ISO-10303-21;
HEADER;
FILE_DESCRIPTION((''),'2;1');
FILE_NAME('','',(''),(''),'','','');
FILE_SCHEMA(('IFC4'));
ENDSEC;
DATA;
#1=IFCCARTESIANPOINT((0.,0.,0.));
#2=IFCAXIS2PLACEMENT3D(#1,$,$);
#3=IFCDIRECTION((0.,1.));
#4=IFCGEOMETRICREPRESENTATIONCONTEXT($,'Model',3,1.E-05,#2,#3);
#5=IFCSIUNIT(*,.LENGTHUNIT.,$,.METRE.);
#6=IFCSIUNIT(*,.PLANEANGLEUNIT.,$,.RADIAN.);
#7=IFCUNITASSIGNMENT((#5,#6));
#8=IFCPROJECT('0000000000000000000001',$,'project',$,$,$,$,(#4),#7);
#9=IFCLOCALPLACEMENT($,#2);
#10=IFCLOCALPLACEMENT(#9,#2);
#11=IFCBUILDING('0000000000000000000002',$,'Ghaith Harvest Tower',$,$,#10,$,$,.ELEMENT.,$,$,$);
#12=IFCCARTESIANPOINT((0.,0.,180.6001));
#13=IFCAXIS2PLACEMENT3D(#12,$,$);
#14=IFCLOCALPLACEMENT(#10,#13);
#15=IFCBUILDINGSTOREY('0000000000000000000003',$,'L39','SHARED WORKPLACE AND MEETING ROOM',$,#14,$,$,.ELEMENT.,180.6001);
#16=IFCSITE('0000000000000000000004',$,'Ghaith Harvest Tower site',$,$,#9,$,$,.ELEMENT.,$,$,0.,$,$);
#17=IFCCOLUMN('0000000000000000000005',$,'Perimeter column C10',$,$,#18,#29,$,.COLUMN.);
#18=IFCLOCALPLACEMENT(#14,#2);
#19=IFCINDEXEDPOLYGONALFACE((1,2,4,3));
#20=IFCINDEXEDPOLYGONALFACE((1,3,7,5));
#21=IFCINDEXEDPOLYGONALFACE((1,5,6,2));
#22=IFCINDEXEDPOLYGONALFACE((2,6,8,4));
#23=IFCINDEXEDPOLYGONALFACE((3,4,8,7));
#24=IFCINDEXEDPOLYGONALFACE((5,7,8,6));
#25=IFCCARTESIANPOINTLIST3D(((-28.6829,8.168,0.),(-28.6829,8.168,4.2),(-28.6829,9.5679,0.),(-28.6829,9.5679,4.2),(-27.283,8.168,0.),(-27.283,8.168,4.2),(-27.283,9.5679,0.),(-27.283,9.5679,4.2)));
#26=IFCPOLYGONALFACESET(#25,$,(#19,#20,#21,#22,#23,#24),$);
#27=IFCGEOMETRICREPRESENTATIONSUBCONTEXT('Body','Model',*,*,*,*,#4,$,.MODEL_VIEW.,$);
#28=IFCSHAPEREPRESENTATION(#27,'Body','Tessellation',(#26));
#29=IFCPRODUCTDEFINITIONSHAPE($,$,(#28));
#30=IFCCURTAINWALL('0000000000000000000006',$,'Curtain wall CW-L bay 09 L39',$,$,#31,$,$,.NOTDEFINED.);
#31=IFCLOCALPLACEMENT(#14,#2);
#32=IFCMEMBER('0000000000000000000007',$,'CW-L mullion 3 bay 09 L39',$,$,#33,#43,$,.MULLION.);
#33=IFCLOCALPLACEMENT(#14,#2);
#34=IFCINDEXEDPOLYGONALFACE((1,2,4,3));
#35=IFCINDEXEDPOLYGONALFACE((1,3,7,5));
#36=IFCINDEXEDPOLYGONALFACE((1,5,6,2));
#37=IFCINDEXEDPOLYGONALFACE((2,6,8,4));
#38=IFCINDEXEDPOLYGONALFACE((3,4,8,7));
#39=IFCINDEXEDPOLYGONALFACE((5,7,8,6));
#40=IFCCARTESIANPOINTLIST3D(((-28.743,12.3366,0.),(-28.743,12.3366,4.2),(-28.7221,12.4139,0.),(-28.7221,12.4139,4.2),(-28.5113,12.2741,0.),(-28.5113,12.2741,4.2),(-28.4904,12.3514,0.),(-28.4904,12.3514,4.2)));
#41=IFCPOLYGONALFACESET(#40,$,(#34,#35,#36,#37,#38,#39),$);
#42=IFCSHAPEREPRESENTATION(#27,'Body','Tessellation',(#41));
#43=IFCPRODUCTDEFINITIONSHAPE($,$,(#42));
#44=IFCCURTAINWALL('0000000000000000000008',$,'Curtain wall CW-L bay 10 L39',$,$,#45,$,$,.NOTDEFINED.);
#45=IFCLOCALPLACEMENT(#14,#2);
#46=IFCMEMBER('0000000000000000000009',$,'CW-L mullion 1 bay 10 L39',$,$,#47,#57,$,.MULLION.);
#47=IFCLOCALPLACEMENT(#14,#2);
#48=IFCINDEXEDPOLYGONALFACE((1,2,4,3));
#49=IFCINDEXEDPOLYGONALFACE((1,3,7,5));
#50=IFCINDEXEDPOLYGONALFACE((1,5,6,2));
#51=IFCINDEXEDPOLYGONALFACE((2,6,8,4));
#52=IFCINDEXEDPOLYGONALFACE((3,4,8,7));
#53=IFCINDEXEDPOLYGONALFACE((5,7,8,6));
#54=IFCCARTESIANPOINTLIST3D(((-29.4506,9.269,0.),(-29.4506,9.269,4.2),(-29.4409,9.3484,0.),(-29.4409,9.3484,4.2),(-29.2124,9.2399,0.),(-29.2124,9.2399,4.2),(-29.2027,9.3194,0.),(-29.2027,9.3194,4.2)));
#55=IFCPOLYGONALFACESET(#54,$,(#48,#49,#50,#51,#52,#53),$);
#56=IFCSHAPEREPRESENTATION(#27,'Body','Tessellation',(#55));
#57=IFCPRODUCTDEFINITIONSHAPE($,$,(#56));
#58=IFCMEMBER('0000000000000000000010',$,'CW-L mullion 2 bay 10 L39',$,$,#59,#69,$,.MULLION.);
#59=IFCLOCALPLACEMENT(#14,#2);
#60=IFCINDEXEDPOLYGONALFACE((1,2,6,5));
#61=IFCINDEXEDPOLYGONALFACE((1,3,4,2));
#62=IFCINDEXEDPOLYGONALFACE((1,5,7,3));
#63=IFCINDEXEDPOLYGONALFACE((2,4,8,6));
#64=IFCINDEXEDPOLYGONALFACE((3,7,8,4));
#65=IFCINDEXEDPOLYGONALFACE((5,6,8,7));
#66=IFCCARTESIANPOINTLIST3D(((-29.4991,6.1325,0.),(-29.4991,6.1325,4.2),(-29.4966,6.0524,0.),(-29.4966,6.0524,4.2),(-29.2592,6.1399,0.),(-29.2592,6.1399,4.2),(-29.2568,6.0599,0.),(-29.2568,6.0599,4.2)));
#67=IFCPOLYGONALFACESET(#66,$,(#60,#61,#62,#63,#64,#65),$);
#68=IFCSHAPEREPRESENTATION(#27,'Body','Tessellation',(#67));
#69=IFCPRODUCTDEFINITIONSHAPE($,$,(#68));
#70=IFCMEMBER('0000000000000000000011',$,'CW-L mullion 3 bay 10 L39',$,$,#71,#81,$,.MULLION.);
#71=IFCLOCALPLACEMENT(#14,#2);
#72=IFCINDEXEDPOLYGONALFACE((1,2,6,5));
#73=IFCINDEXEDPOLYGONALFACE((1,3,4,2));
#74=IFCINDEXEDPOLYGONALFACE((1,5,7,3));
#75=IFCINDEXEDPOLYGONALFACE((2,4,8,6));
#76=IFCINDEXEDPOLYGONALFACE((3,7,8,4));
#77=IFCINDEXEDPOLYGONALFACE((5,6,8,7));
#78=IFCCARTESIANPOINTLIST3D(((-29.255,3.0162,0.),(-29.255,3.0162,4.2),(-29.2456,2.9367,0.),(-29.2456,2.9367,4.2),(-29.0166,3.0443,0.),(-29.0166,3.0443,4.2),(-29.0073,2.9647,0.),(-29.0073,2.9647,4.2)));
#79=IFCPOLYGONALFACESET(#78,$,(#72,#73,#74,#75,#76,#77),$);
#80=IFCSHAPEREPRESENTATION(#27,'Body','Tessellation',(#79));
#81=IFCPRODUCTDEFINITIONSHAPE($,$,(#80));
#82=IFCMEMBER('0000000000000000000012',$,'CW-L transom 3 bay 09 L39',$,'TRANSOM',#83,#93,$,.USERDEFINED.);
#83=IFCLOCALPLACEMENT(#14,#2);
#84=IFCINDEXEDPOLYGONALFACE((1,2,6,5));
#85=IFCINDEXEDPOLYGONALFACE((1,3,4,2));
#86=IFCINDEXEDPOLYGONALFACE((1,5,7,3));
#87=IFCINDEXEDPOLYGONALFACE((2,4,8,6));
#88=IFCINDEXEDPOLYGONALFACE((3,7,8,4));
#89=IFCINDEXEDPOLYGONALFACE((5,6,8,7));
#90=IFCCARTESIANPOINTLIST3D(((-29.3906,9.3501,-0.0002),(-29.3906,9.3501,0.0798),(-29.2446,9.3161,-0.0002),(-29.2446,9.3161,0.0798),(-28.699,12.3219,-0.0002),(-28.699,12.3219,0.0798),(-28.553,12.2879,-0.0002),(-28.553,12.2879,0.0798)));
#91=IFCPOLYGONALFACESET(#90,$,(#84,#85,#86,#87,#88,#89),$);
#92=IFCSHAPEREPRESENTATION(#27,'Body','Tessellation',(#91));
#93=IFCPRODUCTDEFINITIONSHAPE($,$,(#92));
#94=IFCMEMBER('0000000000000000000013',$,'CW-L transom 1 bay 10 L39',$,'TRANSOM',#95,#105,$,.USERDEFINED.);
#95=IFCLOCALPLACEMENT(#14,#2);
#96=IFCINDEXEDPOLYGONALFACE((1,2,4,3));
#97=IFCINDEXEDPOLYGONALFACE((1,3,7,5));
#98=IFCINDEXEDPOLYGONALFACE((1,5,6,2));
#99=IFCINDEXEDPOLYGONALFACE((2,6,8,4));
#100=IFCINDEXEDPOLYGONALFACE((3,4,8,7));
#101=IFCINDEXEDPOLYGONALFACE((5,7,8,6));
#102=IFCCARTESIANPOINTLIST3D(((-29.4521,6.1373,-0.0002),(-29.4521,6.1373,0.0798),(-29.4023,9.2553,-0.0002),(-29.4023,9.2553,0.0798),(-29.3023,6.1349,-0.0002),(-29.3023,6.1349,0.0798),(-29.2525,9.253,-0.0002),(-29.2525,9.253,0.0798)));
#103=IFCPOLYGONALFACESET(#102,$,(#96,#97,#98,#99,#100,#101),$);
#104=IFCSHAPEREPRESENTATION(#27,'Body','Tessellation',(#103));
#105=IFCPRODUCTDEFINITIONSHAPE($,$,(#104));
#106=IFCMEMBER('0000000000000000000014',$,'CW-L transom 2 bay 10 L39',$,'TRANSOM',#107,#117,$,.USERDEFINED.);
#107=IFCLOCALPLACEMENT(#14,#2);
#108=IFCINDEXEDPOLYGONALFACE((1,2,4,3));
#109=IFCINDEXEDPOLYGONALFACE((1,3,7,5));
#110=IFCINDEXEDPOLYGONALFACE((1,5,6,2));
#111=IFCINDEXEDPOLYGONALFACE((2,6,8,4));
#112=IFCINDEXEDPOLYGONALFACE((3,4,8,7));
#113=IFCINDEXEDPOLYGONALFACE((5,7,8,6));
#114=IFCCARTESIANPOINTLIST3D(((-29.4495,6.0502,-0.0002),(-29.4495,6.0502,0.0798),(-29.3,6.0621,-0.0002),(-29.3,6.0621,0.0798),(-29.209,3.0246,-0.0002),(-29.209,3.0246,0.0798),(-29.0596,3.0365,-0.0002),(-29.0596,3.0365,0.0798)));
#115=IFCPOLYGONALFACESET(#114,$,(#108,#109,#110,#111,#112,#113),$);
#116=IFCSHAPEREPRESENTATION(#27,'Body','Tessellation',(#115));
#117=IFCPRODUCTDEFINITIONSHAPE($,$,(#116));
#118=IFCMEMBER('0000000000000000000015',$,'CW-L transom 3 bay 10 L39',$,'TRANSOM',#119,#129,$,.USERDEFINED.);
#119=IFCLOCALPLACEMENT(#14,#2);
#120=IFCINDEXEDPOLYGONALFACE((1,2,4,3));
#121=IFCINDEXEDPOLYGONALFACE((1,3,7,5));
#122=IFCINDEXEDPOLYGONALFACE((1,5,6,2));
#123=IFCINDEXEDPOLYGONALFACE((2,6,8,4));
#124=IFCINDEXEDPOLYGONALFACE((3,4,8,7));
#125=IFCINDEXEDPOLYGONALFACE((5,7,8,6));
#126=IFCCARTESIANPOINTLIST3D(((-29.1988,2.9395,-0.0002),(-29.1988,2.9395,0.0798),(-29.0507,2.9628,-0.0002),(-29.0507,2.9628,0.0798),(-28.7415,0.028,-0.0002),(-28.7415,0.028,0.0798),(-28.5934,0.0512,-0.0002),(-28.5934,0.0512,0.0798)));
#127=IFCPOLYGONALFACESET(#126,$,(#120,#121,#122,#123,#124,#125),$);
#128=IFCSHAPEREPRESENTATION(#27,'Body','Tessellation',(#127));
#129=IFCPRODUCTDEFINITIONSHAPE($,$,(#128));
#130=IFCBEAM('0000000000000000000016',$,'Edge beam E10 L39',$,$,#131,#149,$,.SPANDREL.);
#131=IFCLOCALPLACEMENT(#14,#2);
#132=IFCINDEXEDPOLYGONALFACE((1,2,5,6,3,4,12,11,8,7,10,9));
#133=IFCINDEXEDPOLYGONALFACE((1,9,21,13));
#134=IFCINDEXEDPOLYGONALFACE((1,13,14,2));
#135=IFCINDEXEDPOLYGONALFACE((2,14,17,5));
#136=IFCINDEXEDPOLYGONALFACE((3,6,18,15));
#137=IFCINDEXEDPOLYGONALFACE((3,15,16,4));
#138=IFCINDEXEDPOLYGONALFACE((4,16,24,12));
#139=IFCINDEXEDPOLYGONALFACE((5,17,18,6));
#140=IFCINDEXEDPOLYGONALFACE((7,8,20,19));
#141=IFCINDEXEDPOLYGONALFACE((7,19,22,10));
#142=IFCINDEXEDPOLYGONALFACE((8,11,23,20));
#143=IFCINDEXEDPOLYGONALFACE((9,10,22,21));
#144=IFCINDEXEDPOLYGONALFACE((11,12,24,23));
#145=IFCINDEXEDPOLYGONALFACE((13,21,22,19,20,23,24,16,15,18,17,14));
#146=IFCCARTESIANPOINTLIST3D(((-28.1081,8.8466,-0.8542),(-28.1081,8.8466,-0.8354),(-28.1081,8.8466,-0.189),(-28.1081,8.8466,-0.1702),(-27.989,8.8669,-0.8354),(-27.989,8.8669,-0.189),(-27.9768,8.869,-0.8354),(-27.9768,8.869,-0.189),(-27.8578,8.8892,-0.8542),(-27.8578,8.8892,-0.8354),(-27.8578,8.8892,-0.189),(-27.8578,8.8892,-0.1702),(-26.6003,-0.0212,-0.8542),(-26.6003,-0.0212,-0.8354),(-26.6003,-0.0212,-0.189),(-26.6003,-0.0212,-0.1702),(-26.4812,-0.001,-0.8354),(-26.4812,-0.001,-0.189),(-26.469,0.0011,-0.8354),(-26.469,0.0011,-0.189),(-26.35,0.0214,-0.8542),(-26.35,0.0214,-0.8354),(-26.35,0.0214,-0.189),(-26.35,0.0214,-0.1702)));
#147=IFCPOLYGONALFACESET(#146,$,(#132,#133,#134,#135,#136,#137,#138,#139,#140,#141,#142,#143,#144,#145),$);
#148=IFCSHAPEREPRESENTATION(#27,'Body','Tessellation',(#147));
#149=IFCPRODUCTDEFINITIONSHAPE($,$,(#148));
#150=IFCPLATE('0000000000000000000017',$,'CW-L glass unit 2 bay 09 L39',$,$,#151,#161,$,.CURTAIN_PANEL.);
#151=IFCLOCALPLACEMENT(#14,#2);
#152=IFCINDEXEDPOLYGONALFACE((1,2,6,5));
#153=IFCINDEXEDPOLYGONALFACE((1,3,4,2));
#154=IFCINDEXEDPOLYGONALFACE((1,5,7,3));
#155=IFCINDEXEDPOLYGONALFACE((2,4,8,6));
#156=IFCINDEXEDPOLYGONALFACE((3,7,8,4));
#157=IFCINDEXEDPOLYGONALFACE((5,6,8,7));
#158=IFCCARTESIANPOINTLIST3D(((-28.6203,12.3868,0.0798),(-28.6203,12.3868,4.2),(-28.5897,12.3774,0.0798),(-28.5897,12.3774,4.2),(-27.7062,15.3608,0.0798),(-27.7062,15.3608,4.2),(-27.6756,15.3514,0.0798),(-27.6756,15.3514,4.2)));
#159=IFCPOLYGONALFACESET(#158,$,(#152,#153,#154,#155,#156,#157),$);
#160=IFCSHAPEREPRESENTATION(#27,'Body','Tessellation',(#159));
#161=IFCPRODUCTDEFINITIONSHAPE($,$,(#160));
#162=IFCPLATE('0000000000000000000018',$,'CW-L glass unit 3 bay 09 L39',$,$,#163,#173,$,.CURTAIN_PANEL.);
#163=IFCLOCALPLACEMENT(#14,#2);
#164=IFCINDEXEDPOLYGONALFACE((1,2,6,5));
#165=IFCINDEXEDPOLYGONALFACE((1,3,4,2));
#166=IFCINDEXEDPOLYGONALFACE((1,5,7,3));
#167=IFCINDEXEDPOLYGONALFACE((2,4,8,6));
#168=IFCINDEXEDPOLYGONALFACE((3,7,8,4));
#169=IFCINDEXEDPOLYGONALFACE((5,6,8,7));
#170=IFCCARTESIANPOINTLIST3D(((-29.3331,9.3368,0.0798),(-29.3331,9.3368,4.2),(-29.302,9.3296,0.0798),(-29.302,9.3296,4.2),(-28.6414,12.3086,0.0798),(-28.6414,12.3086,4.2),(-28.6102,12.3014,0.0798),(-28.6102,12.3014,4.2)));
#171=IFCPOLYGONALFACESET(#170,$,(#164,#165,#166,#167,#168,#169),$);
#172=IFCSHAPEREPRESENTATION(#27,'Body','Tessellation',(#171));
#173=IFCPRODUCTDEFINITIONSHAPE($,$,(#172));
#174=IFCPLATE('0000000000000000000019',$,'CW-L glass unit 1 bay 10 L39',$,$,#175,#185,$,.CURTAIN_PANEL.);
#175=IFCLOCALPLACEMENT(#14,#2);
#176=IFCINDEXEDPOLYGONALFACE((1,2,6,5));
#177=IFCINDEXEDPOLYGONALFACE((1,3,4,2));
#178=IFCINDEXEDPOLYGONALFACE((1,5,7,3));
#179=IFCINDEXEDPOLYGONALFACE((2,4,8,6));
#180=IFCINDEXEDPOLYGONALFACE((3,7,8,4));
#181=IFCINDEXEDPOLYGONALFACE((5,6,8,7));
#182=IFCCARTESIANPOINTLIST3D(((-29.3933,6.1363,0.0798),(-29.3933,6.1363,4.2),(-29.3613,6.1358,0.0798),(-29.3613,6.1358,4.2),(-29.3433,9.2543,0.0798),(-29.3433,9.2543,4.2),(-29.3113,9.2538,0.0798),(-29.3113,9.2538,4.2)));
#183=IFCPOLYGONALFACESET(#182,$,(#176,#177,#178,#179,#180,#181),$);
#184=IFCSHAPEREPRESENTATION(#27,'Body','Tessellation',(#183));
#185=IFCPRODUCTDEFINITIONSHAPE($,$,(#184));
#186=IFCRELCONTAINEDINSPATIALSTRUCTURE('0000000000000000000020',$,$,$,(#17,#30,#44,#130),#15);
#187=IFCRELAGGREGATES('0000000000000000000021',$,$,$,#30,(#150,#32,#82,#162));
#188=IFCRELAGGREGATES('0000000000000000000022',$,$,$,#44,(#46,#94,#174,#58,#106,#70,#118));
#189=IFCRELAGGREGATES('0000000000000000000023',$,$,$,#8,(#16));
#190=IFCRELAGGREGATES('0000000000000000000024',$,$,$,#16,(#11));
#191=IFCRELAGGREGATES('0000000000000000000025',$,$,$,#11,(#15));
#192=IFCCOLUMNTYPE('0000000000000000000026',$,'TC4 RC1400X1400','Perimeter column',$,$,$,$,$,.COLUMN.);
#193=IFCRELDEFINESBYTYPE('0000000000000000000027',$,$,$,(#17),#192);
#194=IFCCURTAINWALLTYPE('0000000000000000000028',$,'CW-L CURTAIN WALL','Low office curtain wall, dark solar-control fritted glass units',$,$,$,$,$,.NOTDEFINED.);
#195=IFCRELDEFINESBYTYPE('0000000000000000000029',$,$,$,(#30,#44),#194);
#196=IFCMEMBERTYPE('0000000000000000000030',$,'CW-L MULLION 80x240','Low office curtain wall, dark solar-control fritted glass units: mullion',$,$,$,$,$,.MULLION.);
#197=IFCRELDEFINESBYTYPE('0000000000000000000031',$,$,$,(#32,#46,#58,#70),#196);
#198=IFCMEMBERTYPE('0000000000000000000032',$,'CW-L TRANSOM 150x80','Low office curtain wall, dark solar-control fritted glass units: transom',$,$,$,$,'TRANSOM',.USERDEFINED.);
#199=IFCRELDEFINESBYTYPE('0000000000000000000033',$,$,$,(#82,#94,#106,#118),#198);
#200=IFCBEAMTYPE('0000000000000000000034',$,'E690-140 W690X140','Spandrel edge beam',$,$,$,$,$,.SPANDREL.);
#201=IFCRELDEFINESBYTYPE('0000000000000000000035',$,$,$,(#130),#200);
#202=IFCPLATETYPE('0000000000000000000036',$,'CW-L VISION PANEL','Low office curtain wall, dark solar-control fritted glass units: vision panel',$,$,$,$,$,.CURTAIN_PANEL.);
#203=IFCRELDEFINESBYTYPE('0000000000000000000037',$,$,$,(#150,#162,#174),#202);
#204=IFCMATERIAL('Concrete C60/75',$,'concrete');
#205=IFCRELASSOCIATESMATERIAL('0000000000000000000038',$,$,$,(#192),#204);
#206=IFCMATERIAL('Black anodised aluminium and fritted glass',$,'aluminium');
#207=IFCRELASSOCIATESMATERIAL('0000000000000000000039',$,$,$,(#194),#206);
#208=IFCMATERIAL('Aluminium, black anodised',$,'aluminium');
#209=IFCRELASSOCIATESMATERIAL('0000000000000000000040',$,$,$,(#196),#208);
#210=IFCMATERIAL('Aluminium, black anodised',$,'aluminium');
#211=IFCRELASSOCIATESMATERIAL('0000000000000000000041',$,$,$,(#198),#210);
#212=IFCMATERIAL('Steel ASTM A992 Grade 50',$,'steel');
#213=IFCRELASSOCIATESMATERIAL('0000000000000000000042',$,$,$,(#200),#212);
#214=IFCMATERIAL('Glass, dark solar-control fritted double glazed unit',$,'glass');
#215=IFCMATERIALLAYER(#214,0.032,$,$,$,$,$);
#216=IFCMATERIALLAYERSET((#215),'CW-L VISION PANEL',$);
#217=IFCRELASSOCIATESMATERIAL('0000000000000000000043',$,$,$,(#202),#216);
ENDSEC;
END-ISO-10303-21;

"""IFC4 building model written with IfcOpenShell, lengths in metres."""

from ifc_helpers import new_model, si_unit, direction, frame, origin, origin_2d, place, context, subcontext, project, spatial, rectangle, i_section, extrude, material, layer, layer_set, material_profile, profile_set, type_object, element, aggregate, save


model = new_model("IFC4")

# Units and contexts
model_context = context("Model", 3, precision=1e-05, world=origin(), true_north=direction((0.0, 1.0)))
body_context = subcontext(model_context, "Body", "Model", "MODEL_VIEW")
ifc_project = project(units=[si_unit("LENGTHUNIT", "METRE"), si_unit("PLANEANGLEUNIT", "RADIAN")], contexts=[model_context])

# Site, building, storey
site_placement = place(None, origin())
site = spatial("IfcSite", under=ifc_project, at=site_placement, Name="Ghaith Harvest Tower site", CompositionType="ELEMENT", RefElevation=0.0)
building_placement = place(site_placement, origin())
building = spatial("IfcBuilding", under=site, at=building_placement, Name="Ghaith Harvest Tower", CompositionType="ELEMENT")
storey_placement = place(building_placement, frame((0.0, 0.0, 180.6001)))
storey = spatial("IfcBuildingStorey", under=building, at=storey_placement, Name="L39", Description="SHARED WORKPLACE AND MEETING ROOM", CompositionType="ELEMENT", Elevation=180.6001)

# Column
ifc_material_1 = material(Name="Concrete C60/75", Category="concrete")
ifc_material_profile_1 = material_profile(ifc_material_1, rectangle(XDim=1.3999, YDim=1.3999, at=origin_2d()), Name="RC1400X1400")
ifc_profile_set_1 = profile_set([ifc_material_profile_1], Name="Concrete C60/75")
column_type = type_object("IfcColumnType", Name="TC4 RC1400X1400", Description="Perimeter column", PredefinedType="COLUMN", material=ifc_profile_set_1)
column_placement = place(storey_placement, frame((-27.9829, 8.8679, 0.0), z_axis=(0.0, 0.0, 1.0), x_axis=(1.0, 0.0, 0.0)))
element("IfcColumn", 1, at=column_placement, inside=storey, type_object=column_type, Name="Perimeter column C10", PredefinedType="COLUMN", context=body_context, shape_type="SweptSolid", body=[
    extrude(rectangle(XDim=1.3999, YDim=1.3999, at=origin_2d()), origin(), (0.0, 0.0, 1.0), 4.2),
])

# Curtain wall, member
ifc_material_2 = material(Name="Black anodised aluminium and fritted glass", Category="aluminium")
curtain_wall_type = type_object("IfcCurtainWallType", Name="CW-L CURTAIN WALL", Description="Low office curtain wall, dark solar-control fritted glass units", PredefinedType="NOTDEFINED", material=ifc_material_2)
curtain_wall_1_placement = place(storey_placement, origin())
curtain_wall_1 = element("IfcCurtainWall", 2, at=curtain_wall_1_placement, inside=storey, type_object=curtain_wall_type, Name="Curtain wall CW-L bay 09 L39", PredefinedType="NOTDEFINED")
ifc_material_3 = material(Name="Aluminium, black anodised", Category="aluminium")
ifc_material_profile_2 = material_profile(ifc_material_3, rectangle(XDim=0.0801, YDim=0.24, at=origin_2d()), Name="CW-L MULLION 80x240")
ifc_profile_set_2 = profile_set([ifc_material_profile_2], Name="Aluminium, black anodised")
member_type_1 = type_object("IfcMemberType", Name="CW-L MULLION 80x240", Description="Low office curtain wall, dark solar-control fritted glass units: mullion", PredefinedType="MULLION", material=ifc_profile_set_2)
member_1_placement = place(storey_placement, frame((-28.6167, 12.344, 0.0), z_axis=(0.0, 0.0, 1.0), x_axis=(-0.260727, -0.965412, 0.0)))
member_1 = element("IfcMember", 3, at=member_1_placement, type_object=member_type_1, Name="CW-L mullion 3 bay 09 L39", PredefinedType="MULLION", context=body_context, shape_type="SweptSolid", body=[
    extrude(rectangle(XDim=0.0801, YDim=0.24, at=origin_2d()), origin(), (0.0, 0.0, 1.0), 4.2),
])

# Curtain wall, members
curtain_wall_2_placement = place(storey_placement, origin())
curtain_wall_2 = element("IfcCurtainWall", 4, at=curtain_wall_2_placement, inside=storey, type_object=curtain_wall_type, Name="Curtain wall CW-L bay 10 L39", PredefinedType="NOTDEFINED")
member_2_placement = place(storey_placement, frame((-29.3267, 9.2942, 0.0), z_axis=(0.0, 0.0, 1.0), x_axis=(-0.120932, -0.992661, 0.0)))
member_2 = element("IfcMember", 5, at=member_2_placement, type_object=member_type_1, Name="CW-L mullion 1 bay 10 L39", PredefinedType="MULLION", context=body_context, shape_type="SweptSolid", body=[
    extrude(rectangle(XDim=0.0801, YDim=0.24, at=origin_2d()), origin(), (0.0, 0.0, 1.0), 4.2),
])
member_3_placement = place(storey_placement, frame((-29.3779, 6.0962, 0.0), z_axis=(0.0, 0.0, 1.0), x_axis=(0.031028, -0.999519, 0.0)))
member_3 = element("IfcMember", 6, at=member_3_placement, type_object=member_type_1, Name="CW-L mullion 2 bay 10 L39", PredefinedType="MULLION", context=body_context, shape_type="SweptSolid", body=[
    extrude(rectangle(XDim=0.0801, YDim=0.24, at=origin_2d()), origin(), (0.0, 0.0, 1.0), 4.2),
])
member_4_placement = place(storey_placement, frame((-29.1311, 2.9905, 0.0), z_axis=(0.0, 0.0, 1.0), x_axis=(0.116764, -0.99316, 0.0)))
member_4 = element("IfcMember", 7, at=member_4_placement, type_object=member_type_1, Name="CW-L mullion 3 bay 10 L39", PredefinedType="MULLION", context=body_context, shape_type="SweptSolid", body=[
    extrude(rectangle(XDim=0.0801, YDim=0.24, at=origin_2d()), origin(), (0.0, 0.0, 1.0), 4.2),
])

# Members
ifc_material_4 = material(Name="Aluminium, black anodised", Category="aluminium")
ifc_material_profile_3 = material_profile(ifc_material_4, rectangle(XDim=0.1499, YDim=0.0801, at=origin_2d()), Name="CW-L TRANSOM 150x80")
ifc_profile_set_3 = profile_set([ifc_material_profile_3], Name="Aluminium, black anodised")
member_type_2 = type_object("IfcMemberType", Name="CW-L TRANSOM 150x80", Description="Low office curtain wall, dark solar-control fritted glass units: transom", ElementType="TRANSOM", PredefinedType="USERDEFINED", material=ifc_profile_set_3)
member_5_placement = place(storey_placement, frame((-28.626, 12.3049, 0.0398), z_axis=(-0.226671, -0.973971, 0.0), x_axis=(0.973971, -0.226671, 0.0)))
member_5 = element("IfcMember", 8, at=member_5_placement, type_object=member_type_2, Name="CW-L transom 3 bay 09 L39", ObjectType="TRANSOM", PredefinedType="USERDEFINED", context=body_context, shape_type="SweptSolid", body=[
    extrude(rectangle(XDim=0.1499, YDim=0.0801, at=origin_2d()), origin(), (0.0, 0.0, 1.0), 3.0513),
])
member_6_placement = place(storey_placement, frame((-29.3274, 9.2542, 0.0398), z_axis=(-0.015972, -0.999872, 0.0), x_axis=(0.999872, -0.015972, 0.0)))
member_6 = element("IfcMember", 9, at=member_6_placement, type_object=member_type_2, Name="CW-L transom 1 bay 10 L39", ObjectType="TRANSOM", PredefinedType="USERDEFINED", context=body_context, shape_type="SweptSolid", body=[
    extrude(rectangle(XDim=0.1499, YDim=0.0801, at=origin_2d()), origin(), (0.0, 0.0, 1.0), 3.1184),
])
member_7_placement = place(storey_placement, frame((-29.3748, 6.0562, 0.0398), z_axis=(0.07923, -0.996856, 0.0), x_axis=(0.996856, 0.07923, 0.0)))
member_7 = element("IfcMember", 10, at=member_7_placement, type_object=member_type_2, Name="CW-L transom 2 bay 10 L39", ObjectType="TRANSOM", PredefinedType="USERDEFINED", context=body_context, shape_type="SweptSolid", body=[
    extrude(rectangle(XDim=0.1499, YDim=0.0801, at=origin_2d()), origin(), (0.0, 0.0, 1.0), 3.0352),
])
member_8_placement = place(storey_placement, frame((-29.1248, 2.9512, 0.0398), z_axis=(0.15515, -0.987891, 0.0), x_axis=(0.987891, 0.15515, 0.0)))
member_8 = element("IfcMember", 11, at=member_8_placement, type_object=member_type_2, Name="CW-L transom 3 bay 10 L39", ObjectType="TRANSOM", PredefinedType="USERDEFINED", context=body_context, shape_type="SweptSolid", body=[
    extrude(rectangle(XDim=0.1499, YDim=0.0801, at=origin_2d()), origin(), (0.0, 0.0, 1.0), 2.9473),
])

# Beam
ifc_material_5 = material(Name="Steel ASTM A992 Grade 50", Category="steel")
ifc_material_profile_4 = material_profile(ifc_material_5, i_section(OverallWidth=0.2539, OverallDepth=0.6841, WebThickness=0.0125, FlangeThickness=0.0188, at=origin_2d()), Name="W690X140")
ifc_profile_set_4 = profile_set([ifc_material_profile_4], Name="Steel ASTM A992 Grade 50")
beam_type = type_object("IfcBeamType", Name="E690-140 W690X140", Description="Spandrel edge beam", PredefinedType="SPANDREL", material=ifc_profile_set_4)
beam_placement = place(storey_placement, frame((-27.9829, 8.8679, -0.5122), z_axis=(0.167624, -0.985851, 0.0), x_axis=(0.985851, 0.167624, 0.0)))
element("IfcBeam", 12, at=beam_placement, inside=storey, type_object=beam_type, Name="Edge beam E10 L39", PredefinedType="SPANDREL", context=body_context, shape_type="SweptSolid", body=[
    extrude(i_section(OverallWidth=0.2539, OverallDepth=0.6841, WebThickness=0.0125, FlangeThickness=0.0188, at=origin_2d()), origin(), (0.0, 0.0, 1.0), 8.9951),
])

# Plates
ifc_material_6 = material(Name="Glass, dark solar-control fritted double glazed unit", Category="glass")
ifc_layer_1 = layer(ifc_material_6, 0.032)
ifc_layer_set_1 = layer_set([ifc_layer_1], Name="CW-L VISION PANEL")
plate_type_1 = type_object("IfcPlateType", Name="CW-L VISION PANEL", Description="Low office curtain wall, dark solar-control fritted glass units: vision panel", PredefinedType="CURTAIN_PANEL", material=ifc_layer_set_1)
plate_1_placement = place(storey_placement, frame((-28.1479, 13.8691, 0.0798), z_axis=(0.0, 0.0, 1.0), x_axis=(-0.293803, -0.955866, 0.0)))
plate_1 = element("IfcPlate", 13, at=plate_1_placement, type_object=plate_type_1, Name="CW-L glass unit 2 bay 09 L39", PredefinedType="CURTAIN_PANEL", context=body_context, shape_type="SweptSolid", body=[
    extrude(rectangle(XDim=3.1113, YDim=0.032, at=origin_2d()), origin(), (0.0, 0.0, 1.0), 4.1201),
])
plate_2_placement = place(storey_placement, frame((-28.9717, 10.8191, 0.0798), z_axis=(0.0, 0.0, 1.0), x_axis=(-0.226699, -0.973965, 0.0)))
plate_2 = element("IfcPlate", 14, at=plate_2_placement, type_object=plate_type_1, Name="CW-L glass unit 3 bay 09 L39", PredefinedType="CURTAIN_PANEL", context=body_context, shape_type="SweptSolid", body=[
    extrude(rectangle(XDim=3.0513, YDim=0.032, at=origin_2d()), origin(), (0.0, 0.0, 1.0), 4.1201),
])
aggregate(curtain_wall_1, [plate_1, member_1, member_5, plate_2])
plate_3_placement = place(storey_placement, frame((-29.3523, 7.6951, 0.0798), z_axis=(0.0, 0.0, 1.0), x_axis=(-0.016034, -0.999871, 0.0)))
plate_3 = element("IfcPlate", 15, at=plate_3_placement, type_object=plate_type_1, Name="CW-L glass unit 1 bay 10 L39", PredefinedType="CURTAIN_PANEL", context=body_context, shape_type="SweptSolid", body=[
    extrude(rectangle(XDim=3.1184, YDim=0.032, at=origin_2d()), origin(), (0.0, 0.0, 1.0), 4.1201),
])
aggregate(curtain_wall_2, [member_2, member_6, plate_3, member_3, member_7, member_4, member_8])

save(model, "model.ifc")
